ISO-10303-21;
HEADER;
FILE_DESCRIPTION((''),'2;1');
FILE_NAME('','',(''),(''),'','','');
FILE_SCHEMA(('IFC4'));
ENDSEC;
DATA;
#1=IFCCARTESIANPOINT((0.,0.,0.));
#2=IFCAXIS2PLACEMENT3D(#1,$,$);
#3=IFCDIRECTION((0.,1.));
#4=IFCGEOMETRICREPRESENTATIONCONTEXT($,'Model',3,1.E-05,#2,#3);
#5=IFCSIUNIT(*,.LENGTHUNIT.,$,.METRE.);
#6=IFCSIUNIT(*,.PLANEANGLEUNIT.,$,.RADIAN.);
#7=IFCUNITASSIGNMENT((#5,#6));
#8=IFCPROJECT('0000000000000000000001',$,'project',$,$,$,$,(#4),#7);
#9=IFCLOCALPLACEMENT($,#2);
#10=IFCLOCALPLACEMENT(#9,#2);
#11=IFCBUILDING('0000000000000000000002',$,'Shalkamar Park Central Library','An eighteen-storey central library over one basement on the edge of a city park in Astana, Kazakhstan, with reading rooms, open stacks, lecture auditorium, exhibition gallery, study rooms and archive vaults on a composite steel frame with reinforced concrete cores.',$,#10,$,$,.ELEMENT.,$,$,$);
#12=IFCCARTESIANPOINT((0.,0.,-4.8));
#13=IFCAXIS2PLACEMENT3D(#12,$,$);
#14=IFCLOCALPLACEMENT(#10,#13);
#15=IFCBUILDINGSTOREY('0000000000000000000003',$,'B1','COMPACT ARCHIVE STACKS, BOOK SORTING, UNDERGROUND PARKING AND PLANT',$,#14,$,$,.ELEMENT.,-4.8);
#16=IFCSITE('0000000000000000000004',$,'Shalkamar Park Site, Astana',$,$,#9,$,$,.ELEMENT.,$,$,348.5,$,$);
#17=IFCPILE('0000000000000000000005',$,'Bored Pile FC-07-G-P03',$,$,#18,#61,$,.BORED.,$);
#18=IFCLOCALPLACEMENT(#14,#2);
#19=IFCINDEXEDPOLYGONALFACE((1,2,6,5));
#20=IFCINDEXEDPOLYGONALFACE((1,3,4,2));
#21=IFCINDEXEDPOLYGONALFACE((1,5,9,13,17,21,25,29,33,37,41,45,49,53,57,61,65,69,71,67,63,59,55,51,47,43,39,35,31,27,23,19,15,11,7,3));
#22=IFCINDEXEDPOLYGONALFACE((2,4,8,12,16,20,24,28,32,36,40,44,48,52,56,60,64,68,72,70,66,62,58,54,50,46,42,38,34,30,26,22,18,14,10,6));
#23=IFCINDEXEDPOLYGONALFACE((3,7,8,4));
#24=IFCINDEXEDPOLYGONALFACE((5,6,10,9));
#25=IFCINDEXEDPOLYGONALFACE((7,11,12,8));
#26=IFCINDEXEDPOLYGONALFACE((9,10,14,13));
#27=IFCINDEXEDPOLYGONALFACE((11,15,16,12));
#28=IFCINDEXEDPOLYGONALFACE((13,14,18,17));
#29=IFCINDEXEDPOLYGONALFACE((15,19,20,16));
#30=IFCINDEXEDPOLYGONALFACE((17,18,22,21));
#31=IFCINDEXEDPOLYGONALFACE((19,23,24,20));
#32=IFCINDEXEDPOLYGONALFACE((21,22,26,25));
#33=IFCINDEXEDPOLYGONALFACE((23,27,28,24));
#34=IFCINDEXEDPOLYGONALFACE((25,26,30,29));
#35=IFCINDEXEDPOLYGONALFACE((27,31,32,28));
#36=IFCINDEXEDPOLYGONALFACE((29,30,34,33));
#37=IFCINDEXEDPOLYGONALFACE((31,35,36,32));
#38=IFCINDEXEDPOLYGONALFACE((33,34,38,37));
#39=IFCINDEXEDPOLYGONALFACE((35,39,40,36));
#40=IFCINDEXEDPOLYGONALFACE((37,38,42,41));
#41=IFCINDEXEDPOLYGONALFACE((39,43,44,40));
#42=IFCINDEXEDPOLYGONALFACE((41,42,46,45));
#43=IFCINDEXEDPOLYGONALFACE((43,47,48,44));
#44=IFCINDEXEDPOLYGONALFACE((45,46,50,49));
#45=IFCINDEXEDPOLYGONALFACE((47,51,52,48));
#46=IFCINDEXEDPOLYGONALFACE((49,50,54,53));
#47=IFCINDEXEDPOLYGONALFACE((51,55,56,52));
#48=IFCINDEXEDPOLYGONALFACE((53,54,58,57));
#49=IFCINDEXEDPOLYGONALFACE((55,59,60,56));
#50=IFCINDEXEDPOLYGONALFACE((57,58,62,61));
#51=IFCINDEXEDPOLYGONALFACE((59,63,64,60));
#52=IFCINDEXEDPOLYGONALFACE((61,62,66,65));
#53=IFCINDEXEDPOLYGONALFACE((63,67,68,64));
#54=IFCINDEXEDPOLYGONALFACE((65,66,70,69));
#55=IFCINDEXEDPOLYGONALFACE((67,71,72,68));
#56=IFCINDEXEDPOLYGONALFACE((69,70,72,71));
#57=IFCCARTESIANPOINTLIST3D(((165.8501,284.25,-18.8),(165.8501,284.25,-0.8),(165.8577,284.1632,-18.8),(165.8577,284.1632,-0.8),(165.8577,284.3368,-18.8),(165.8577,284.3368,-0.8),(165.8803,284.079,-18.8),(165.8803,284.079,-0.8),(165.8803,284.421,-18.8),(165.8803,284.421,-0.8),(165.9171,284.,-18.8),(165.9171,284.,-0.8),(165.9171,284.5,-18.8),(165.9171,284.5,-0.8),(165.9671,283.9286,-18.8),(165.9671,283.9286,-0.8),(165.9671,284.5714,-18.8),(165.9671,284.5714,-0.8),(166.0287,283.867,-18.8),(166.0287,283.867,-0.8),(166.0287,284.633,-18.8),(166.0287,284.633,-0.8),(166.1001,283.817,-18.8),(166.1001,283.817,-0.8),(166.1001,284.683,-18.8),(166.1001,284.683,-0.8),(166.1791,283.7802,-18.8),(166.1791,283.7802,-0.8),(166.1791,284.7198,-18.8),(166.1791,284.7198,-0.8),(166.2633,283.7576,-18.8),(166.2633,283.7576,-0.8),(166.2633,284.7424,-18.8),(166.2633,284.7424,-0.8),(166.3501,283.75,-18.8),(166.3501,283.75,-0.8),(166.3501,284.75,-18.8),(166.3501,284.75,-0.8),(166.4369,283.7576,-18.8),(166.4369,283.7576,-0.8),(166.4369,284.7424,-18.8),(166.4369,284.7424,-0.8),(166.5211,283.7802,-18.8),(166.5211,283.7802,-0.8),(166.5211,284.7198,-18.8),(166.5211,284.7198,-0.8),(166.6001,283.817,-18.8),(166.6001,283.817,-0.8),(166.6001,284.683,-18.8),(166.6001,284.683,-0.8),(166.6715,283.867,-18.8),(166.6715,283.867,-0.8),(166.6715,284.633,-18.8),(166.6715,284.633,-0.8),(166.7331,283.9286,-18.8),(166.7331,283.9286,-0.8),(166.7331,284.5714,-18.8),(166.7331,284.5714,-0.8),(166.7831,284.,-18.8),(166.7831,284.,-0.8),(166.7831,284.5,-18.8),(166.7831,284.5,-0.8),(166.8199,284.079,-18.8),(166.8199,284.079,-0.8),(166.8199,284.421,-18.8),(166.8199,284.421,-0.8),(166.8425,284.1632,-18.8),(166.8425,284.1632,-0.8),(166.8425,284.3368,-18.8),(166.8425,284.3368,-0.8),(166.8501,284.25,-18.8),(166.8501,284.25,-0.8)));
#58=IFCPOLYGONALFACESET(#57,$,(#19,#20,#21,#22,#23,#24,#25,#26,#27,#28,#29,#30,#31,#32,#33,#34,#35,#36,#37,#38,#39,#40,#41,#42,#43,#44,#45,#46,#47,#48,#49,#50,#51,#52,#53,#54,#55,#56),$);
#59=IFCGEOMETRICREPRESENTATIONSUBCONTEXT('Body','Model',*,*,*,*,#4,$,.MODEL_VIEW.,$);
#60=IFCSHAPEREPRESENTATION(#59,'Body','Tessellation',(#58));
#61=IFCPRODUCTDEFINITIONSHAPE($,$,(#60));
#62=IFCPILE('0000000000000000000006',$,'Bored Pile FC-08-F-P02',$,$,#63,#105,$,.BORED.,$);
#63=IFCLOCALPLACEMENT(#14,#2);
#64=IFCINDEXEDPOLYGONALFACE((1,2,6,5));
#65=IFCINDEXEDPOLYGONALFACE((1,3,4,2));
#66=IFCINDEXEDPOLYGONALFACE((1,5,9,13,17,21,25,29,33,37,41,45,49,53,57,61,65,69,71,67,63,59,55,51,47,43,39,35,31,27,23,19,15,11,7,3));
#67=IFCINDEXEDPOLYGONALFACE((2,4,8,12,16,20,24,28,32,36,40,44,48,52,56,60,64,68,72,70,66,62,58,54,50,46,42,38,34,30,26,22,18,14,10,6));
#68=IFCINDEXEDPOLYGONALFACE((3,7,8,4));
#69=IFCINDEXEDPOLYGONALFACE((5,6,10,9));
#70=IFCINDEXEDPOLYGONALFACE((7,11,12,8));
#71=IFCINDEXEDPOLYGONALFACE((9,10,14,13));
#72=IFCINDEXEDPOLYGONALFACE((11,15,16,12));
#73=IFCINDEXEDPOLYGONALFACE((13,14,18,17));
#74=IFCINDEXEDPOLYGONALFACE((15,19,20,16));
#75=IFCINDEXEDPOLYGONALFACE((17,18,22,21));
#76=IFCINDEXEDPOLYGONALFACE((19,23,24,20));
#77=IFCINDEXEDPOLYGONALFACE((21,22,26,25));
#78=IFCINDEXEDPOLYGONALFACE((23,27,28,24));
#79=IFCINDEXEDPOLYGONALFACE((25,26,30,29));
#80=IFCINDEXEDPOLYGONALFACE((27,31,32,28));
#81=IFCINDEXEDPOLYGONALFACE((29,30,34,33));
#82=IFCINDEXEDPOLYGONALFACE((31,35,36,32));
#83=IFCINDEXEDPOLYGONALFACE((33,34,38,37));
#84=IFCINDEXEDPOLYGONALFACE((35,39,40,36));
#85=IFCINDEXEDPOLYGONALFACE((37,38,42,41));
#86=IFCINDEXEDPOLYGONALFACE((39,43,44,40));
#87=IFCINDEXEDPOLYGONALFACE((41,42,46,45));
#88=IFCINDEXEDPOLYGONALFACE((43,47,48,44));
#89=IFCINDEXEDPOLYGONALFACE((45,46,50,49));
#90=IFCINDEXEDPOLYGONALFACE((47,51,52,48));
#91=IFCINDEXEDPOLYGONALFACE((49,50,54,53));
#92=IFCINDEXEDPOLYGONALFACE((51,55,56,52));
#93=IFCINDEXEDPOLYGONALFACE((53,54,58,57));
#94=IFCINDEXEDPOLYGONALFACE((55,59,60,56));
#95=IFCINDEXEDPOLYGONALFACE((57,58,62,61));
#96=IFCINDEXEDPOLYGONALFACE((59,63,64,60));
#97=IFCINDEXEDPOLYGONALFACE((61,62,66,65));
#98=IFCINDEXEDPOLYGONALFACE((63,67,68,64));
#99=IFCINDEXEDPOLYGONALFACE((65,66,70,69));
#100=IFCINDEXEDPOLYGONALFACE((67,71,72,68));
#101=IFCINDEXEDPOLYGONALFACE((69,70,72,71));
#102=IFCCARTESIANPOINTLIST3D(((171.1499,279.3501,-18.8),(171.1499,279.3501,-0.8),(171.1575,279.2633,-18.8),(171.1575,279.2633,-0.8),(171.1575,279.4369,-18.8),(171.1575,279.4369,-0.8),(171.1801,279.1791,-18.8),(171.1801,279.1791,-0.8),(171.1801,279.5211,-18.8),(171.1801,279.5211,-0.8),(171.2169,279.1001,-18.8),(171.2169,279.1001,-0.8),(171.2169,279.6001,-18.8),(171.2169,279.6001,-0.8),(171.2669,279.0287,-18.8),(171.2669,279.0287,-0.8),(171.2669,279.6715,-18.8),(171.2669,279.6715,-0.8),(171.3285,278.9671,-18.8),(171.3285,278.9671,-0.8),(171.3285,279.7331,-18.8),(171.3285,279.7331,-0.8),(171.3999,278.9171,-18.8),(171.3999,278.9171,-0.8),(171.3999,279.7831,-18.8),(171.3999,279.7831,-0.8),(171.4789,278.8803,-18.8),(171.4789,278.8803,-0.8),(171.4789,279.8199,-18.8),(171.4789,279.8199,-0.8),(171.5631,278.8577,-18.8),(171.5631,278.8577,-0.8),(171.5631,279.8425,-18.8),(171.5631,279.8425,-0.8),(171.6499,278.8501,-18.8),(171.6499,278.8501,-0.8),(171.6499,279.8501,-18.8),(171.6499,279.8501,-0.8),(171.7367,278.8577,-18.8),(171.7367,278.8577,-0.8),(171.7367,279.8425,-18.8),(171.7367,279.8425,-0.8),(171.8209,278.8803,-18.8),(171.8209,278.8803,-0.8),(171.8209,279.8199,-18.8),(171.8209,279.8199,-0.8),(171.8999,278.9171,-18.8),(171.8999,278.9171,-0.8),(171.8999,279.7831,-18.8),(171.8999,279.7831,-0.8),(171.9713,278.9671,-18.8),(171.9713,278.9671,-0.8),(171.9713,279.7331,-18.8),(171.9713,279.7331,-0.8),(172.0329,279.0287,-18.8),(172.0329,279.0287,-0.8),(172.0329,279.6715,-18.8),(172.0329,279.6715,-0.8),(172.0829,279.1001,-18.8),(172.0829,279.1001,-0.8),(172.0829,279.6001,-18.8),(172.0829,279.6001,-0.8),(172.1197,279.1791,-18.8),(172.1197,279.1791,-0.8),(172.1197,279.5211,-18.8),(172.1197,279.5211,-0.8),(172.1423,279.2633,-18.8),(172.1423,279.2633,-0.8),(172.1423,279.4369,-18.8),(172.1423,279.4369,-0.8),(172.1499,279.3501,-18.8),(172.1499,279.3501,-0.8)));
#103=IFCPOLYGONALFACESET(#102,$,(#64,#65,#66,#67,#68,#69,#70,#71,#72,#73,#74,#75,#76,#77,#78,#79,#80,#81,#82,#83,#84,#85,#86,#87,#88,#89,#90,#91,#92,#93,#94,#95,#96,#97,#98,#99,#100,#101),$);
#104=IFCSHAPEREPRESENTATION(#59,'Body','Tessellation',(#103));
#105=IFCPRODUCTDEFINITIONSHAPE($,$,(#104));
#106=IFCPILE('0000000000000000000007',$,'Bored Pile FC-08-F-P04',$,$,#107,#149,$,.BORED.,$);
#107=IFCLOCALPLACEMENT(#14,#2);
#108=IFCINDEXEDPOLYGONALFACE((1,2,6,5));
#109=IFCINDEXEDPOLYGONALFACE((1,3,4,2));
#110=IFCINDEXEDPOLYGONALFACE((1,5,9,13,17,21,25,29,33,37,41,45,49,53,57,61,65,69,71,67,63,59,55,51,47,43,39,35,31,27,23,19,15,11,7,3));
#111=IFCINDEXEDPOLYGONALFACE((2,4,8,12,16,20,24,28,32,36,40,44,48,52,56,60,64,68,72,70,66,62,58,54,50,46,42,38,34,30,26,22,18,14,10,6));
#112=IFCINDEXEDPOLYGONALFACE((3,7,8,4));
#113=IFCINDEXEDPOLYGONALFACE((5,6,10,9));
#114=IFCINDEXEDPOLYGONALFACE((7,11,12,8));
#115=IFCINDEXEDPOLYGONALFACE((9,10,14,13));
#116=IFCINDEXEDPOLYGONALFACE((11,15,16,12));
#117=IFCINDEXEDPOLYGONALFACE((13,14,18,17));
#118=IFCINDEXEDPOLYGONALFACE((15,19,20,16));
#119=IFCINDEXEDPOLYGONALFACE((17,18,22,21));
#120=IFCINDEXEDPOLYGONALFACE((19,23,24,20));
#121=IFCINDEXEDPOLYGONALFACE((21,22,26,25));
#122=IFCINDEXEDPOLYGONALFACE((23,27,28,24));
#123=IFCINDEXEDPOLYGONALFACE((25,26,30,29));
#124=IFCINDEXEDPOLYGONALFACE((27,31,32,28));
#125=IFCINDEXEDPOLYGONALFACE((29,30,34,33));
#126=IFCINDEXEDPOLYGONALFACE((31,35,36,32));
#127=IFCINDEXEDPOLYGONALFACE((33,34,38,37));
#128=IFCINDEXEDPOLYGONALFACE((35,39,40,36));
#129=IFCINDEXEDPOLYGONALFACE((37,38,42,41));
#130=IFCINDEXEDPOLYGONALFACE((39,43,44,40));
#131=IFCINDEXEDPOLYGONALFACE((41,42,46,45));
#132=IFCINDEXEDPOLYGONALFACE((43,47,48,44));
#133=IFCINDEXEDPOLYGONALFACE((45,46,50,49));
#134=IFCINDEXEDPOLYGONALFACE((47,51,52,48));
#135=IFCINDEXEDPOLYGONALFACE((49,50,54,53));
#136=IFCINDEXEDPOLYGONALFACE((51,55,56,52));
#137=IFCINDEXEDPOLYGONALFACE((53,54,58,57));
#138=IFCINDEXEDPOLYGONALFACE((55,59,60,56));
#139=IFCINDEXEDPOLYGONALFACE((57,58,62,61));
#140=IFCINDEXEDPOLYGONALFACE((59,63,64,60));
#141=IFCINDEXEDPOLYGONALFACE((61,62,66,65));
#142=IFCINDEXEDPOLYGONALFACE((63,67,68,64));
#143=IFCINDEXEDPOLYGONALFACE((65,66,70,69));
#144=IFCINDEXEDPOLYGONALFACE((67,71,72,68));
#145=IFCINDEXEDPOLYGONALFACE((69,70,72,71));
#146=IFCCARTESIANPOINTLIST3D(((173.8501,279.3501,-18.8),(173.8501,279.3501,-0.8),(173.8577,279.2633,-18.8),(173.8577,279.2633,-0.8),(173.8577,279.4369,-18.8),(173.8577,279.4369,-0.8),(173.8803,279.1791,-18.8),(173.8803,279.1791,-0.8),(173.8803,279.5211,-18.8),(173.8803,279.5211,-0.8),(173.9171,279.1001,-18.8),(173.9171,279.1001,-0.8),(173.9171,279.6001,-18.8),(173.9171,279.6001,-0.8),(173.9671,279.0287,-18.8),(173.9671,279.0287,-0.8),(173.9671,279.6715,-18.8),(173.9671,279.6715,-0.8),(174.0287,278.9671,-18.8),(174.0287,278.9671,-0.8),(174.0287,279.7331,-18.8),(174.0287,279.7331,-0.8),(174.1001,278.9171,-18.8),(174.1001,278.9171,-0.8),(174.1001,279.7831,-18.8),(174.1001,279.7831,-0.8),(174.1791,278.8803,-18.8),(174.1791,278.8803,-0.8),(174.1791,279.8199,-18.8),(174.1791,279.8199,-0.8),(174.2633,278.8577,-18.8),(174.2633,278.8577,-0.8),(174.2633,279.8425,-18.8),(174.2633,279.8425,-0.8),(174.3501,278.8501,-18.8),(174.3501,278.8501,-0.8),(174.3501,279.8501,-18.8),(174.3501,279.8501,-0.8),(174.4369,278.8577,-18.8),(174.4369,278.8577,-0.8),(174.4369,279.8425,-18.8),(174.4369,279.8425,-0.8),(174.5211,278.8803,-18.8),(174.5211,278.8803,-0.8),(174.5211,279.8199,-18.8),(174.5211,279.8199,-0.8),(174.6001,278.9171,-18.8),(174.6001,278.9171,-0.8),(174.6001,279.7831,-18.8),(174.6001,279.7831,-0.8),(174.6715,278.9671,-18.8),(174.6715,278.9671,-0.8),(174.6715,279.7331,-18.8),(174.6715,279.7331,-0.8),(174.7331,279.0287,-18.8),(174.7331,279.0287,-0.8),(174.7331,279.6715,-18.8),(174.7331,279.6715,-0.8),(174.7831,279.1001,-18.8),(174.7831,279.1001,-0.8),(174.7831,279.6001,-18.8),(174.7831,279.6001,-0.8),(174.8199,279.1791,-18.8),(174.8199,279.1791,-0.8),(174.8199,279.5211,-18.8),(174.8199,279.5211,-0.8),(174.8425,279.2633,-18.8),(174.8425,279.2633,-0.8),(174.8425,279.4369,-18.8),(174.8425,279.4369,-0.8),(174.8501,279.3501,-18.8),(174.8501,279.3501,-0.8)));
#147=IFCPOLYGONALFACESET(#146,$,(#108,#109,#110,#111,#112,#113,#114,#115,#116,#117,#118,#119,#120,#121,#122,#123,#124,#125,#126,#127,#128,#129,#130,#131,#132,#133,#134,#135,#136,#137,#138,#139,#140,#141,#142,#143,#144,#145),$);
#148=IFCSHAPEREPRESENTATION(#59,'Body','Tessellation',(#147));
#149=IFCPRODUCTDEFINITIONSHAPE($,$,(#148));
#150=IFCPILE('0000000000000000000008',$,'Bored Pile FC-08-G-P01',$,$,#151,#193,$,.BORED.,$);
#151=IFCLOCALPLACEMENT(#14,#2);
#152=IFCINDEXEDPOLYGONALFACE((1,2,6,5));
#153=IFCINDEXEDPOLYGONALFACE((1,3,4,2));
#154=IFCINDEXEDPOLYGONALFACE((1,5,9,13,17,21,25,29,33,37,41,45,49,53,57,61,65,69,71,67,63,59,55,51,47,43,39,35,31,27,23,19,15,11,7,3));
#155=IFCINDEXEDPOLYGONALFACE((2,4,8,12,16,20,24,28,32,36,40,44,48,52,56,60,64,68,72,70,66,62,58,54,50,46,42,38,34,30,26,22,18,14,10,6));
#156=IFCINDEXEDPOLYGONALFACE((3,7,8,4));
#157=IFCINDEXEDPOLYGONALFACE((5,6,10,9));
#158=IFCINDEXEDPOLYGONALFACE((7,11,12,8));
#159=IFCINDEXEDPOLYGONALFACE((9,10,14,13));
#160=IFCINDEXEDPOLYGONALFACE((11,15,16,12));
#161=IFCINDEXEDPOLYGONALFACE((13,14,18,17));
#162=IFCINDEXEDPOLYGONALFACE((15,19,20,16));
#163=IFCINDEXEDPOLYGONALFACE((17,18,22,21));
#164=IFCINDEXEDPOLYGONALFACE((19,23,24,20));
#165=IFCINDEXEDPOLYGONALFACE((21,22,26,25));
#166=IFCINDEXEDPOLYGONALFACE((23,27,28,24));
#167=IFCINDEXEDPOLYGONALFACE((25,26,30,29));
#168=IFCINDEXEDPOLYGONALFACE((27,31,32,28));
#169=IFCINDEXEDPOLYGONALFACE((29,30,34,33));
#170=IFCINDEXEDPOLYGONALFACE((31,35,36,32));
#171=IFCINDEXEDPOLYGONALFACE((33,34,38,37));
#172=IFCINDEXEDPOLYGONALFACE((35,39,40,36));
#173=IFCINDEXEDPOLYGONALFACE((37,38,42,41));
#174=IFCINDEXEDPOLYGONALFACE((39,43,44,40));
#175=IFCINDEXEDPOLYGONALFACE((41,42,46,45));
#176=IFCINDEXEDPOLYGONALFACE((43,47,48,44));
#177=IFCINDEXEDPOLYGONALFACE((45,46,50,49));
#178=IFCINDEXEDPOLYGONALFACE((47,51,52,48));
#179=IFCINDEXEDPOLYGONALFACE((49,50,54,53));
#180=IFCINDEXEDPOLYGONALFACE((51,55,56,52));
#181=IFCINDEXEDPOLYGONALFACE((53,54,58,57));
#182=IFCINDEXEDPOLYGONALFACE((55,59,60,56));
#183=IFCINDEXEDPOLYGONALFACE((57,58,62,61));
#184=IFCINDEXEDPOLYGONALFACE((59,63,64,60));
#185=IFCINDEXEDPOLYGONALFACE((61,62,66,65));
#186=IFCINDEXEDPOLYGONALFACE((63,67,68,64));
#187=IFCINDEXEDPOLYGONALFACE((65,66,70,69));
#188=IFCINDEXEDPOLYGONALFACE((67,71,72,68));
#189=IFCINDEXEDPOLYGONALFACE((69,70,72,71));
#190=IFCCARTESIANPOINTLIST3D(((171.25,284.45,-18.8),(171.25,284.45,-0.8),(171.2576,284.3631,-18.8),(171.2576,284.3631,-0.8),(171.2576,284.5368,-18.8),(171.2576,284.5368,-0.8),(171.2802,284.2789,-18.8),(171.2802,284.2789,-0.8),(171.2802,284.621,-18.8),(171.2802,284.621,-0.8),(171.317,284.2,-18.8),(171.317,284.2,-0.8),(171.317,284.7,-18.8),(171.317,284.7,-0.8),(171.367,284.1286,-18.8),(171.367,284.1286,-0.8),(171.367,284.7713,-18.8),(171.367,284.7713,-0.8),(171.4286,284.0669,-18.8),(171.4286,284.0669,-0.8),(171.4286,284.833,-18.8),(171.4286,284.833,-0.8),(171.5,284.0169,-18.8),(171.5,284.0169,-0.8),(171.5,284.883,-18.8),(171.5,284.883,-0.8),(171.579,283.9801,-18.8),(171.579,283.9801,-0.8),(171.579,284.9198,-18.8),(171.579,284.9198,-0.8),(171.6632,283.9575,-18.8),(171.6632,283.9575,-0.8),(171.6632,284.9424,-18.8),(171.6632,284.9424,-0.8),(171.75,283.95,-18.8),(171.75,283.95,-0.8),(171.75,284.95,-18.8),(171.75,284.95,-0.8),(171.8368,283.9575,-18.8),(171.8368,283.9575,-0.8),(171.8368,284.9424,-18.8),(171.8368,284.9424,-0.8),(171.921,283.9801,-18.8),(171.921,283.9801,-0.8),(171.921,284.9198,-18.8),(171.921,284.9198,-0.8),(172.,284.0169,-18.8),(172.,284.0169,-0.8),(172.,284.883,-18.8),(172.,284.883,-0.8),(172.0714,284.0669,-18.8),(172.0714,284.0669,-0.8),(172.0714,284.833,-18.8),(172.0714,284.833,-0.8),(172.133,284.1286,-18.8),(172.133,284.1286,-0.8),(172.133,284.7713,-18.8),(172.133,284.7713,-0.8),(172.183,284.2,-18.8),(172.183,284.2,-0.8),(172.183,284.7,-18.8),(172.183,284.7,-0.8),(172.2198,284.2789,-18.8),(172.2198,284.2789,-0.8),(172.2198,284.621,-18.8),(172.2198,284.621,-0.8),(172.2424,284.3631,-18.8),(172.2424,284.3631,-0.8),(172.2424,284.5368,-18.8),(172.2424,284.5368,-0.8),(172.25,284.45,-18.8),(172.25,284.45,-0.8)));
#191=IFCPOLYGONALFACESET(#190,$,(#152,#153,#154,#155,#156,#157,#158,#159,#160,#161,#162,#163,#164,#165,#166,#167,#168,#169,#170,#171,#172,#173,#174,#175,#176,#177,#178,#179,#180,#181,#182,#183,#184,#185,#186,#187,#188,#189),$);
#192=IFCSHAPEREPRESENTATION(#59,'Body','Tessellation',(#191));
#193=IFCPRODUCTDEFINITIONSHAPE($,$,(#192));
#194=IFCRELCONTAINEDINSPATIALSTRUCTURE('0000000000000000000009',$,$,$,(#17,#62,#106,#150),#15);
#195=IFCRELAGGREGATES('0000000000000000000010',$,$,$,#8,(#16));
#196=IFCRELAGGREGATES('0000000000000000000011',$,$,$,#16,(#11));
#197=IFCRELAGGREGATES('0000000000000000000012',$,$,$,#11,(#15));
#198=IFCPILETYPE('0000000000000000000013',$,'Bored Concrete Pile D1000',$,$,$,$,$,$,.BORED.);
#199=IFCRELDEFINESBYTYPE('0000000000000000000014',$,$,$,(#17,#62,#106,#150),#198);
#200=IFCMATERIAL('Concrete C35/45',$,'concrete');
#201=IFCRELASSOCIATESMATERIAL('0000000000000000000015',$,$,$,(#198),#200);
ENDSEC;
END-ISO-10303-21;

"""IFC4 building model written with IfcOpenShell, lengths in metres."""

from ifc_helpers import new_model, si_unit, direction, frame, origin, origin_2d, place, context, subcontext, project, spatial, circle, extrude, material, material_profile, profile_set, type_object, element, save


model = new_model("IFC4")

# Units and contexts
model_context = context("Model", 3, precision=1e-05, world=origin(), true_north=direction((0.0, 1.0)))
body_context = subcontext(model_context, "Body", "Model", "MODEL_VIEW")
ifc_project = project(units=[si_unit("LENGTHUNIT", "METRE"), si_unit("PLANEANGLEUNIT", "RADIAN")], contexts=[model_context])

# Site, building, storey
site_placement = place(None, origin())
site = spatial("IfcSite", under=ifc_project, at=site_placement, Name="Shalkamar Park Site, Astana", CompositionType="ELEMENT", RefElevation=348.5)
building_placement = place(site_placement, origin())
building = spatial("IfcBuilding", under=site, at=building_placement, Name="Shalkamar Park Central Library", Description="An eighteen-storey central library over one basement on the edge of a city park in Astana, Kazakhstan, with reading rooms, open stacks, lecture auditorium, exhibition gallery, study rooms and archive vaults on a composite steel frame with reinforced concrete cores.", CompositionType="ELEMENT")
storey_placement = place(building_placement, frame((0.0, 0.0, -4.8)))
storey = spatial("IfcBuildingStorey", under=building, at=storey_placement, Name="B1", Description="COMPACT ARCHIVE STACKS, BOOK SORTING, UNDERGROUND PARKING AND PLANT", CompositionType="ELEMENT", Elevation=-4.8)

# Piles
ifc_material_1 = material(Name="Concrete C35/45", Category="concrete")
ifc_material_profile_1 = material_profile(ifc_material_1, circle(Radius=0.5, at=origin_2d()), Name="PILE D1000")
ifc_profile_set_1 = profile_set([ifc_material_profile_1], Name="Concrete C35/45")
pile_type_1 = type_object("IfcPileType", Name="Bored Concrete Pile D1000", PredefinedType="BORED", material=ifc_profile_set_1)
for number, where, z_axis, x_axis, name in (
    (1, (166.3501, 284.25, -0.8), (0.0, 0.0, -1.0), (1.0, 0.0, 0.0), "Bored Pile FC-07-G-P03"),
    (2, (171.6499, 279.3501, -0.8), (0.0, 0.0, -1.0), (1.0, 0.0, 0.0), "Bored Pile FC-08-F-P02"),
    (3, (174.3501, 279.3501, -0.8), (0.0, 0.0, -1.0), (1.0, 0.0, 0.0), "Bored Pile FC-08-F-P04"),
    (4, (171.75, 284.45, -0.8), (0.0, 0.0, -1.0), (1.0, 0.0, 0.0), "Bored Pile FC-08-G-P01"),
):
    element("IfcPile", number, at=place(storey_placement, frame(where, z_axis=z_axis, x_axis=x_axis)), inside=storey, type_object=pile_type_1, Name=name, PredefinedType="BORED", context=body_context, shape_type="SweptSolid", body=[
        extrude(circle(Radius=0.5, at=origin_2d()), origin(), (0.0, 0.0, 1.0), 18.0),
    ])

save(model, "model.ifc")
